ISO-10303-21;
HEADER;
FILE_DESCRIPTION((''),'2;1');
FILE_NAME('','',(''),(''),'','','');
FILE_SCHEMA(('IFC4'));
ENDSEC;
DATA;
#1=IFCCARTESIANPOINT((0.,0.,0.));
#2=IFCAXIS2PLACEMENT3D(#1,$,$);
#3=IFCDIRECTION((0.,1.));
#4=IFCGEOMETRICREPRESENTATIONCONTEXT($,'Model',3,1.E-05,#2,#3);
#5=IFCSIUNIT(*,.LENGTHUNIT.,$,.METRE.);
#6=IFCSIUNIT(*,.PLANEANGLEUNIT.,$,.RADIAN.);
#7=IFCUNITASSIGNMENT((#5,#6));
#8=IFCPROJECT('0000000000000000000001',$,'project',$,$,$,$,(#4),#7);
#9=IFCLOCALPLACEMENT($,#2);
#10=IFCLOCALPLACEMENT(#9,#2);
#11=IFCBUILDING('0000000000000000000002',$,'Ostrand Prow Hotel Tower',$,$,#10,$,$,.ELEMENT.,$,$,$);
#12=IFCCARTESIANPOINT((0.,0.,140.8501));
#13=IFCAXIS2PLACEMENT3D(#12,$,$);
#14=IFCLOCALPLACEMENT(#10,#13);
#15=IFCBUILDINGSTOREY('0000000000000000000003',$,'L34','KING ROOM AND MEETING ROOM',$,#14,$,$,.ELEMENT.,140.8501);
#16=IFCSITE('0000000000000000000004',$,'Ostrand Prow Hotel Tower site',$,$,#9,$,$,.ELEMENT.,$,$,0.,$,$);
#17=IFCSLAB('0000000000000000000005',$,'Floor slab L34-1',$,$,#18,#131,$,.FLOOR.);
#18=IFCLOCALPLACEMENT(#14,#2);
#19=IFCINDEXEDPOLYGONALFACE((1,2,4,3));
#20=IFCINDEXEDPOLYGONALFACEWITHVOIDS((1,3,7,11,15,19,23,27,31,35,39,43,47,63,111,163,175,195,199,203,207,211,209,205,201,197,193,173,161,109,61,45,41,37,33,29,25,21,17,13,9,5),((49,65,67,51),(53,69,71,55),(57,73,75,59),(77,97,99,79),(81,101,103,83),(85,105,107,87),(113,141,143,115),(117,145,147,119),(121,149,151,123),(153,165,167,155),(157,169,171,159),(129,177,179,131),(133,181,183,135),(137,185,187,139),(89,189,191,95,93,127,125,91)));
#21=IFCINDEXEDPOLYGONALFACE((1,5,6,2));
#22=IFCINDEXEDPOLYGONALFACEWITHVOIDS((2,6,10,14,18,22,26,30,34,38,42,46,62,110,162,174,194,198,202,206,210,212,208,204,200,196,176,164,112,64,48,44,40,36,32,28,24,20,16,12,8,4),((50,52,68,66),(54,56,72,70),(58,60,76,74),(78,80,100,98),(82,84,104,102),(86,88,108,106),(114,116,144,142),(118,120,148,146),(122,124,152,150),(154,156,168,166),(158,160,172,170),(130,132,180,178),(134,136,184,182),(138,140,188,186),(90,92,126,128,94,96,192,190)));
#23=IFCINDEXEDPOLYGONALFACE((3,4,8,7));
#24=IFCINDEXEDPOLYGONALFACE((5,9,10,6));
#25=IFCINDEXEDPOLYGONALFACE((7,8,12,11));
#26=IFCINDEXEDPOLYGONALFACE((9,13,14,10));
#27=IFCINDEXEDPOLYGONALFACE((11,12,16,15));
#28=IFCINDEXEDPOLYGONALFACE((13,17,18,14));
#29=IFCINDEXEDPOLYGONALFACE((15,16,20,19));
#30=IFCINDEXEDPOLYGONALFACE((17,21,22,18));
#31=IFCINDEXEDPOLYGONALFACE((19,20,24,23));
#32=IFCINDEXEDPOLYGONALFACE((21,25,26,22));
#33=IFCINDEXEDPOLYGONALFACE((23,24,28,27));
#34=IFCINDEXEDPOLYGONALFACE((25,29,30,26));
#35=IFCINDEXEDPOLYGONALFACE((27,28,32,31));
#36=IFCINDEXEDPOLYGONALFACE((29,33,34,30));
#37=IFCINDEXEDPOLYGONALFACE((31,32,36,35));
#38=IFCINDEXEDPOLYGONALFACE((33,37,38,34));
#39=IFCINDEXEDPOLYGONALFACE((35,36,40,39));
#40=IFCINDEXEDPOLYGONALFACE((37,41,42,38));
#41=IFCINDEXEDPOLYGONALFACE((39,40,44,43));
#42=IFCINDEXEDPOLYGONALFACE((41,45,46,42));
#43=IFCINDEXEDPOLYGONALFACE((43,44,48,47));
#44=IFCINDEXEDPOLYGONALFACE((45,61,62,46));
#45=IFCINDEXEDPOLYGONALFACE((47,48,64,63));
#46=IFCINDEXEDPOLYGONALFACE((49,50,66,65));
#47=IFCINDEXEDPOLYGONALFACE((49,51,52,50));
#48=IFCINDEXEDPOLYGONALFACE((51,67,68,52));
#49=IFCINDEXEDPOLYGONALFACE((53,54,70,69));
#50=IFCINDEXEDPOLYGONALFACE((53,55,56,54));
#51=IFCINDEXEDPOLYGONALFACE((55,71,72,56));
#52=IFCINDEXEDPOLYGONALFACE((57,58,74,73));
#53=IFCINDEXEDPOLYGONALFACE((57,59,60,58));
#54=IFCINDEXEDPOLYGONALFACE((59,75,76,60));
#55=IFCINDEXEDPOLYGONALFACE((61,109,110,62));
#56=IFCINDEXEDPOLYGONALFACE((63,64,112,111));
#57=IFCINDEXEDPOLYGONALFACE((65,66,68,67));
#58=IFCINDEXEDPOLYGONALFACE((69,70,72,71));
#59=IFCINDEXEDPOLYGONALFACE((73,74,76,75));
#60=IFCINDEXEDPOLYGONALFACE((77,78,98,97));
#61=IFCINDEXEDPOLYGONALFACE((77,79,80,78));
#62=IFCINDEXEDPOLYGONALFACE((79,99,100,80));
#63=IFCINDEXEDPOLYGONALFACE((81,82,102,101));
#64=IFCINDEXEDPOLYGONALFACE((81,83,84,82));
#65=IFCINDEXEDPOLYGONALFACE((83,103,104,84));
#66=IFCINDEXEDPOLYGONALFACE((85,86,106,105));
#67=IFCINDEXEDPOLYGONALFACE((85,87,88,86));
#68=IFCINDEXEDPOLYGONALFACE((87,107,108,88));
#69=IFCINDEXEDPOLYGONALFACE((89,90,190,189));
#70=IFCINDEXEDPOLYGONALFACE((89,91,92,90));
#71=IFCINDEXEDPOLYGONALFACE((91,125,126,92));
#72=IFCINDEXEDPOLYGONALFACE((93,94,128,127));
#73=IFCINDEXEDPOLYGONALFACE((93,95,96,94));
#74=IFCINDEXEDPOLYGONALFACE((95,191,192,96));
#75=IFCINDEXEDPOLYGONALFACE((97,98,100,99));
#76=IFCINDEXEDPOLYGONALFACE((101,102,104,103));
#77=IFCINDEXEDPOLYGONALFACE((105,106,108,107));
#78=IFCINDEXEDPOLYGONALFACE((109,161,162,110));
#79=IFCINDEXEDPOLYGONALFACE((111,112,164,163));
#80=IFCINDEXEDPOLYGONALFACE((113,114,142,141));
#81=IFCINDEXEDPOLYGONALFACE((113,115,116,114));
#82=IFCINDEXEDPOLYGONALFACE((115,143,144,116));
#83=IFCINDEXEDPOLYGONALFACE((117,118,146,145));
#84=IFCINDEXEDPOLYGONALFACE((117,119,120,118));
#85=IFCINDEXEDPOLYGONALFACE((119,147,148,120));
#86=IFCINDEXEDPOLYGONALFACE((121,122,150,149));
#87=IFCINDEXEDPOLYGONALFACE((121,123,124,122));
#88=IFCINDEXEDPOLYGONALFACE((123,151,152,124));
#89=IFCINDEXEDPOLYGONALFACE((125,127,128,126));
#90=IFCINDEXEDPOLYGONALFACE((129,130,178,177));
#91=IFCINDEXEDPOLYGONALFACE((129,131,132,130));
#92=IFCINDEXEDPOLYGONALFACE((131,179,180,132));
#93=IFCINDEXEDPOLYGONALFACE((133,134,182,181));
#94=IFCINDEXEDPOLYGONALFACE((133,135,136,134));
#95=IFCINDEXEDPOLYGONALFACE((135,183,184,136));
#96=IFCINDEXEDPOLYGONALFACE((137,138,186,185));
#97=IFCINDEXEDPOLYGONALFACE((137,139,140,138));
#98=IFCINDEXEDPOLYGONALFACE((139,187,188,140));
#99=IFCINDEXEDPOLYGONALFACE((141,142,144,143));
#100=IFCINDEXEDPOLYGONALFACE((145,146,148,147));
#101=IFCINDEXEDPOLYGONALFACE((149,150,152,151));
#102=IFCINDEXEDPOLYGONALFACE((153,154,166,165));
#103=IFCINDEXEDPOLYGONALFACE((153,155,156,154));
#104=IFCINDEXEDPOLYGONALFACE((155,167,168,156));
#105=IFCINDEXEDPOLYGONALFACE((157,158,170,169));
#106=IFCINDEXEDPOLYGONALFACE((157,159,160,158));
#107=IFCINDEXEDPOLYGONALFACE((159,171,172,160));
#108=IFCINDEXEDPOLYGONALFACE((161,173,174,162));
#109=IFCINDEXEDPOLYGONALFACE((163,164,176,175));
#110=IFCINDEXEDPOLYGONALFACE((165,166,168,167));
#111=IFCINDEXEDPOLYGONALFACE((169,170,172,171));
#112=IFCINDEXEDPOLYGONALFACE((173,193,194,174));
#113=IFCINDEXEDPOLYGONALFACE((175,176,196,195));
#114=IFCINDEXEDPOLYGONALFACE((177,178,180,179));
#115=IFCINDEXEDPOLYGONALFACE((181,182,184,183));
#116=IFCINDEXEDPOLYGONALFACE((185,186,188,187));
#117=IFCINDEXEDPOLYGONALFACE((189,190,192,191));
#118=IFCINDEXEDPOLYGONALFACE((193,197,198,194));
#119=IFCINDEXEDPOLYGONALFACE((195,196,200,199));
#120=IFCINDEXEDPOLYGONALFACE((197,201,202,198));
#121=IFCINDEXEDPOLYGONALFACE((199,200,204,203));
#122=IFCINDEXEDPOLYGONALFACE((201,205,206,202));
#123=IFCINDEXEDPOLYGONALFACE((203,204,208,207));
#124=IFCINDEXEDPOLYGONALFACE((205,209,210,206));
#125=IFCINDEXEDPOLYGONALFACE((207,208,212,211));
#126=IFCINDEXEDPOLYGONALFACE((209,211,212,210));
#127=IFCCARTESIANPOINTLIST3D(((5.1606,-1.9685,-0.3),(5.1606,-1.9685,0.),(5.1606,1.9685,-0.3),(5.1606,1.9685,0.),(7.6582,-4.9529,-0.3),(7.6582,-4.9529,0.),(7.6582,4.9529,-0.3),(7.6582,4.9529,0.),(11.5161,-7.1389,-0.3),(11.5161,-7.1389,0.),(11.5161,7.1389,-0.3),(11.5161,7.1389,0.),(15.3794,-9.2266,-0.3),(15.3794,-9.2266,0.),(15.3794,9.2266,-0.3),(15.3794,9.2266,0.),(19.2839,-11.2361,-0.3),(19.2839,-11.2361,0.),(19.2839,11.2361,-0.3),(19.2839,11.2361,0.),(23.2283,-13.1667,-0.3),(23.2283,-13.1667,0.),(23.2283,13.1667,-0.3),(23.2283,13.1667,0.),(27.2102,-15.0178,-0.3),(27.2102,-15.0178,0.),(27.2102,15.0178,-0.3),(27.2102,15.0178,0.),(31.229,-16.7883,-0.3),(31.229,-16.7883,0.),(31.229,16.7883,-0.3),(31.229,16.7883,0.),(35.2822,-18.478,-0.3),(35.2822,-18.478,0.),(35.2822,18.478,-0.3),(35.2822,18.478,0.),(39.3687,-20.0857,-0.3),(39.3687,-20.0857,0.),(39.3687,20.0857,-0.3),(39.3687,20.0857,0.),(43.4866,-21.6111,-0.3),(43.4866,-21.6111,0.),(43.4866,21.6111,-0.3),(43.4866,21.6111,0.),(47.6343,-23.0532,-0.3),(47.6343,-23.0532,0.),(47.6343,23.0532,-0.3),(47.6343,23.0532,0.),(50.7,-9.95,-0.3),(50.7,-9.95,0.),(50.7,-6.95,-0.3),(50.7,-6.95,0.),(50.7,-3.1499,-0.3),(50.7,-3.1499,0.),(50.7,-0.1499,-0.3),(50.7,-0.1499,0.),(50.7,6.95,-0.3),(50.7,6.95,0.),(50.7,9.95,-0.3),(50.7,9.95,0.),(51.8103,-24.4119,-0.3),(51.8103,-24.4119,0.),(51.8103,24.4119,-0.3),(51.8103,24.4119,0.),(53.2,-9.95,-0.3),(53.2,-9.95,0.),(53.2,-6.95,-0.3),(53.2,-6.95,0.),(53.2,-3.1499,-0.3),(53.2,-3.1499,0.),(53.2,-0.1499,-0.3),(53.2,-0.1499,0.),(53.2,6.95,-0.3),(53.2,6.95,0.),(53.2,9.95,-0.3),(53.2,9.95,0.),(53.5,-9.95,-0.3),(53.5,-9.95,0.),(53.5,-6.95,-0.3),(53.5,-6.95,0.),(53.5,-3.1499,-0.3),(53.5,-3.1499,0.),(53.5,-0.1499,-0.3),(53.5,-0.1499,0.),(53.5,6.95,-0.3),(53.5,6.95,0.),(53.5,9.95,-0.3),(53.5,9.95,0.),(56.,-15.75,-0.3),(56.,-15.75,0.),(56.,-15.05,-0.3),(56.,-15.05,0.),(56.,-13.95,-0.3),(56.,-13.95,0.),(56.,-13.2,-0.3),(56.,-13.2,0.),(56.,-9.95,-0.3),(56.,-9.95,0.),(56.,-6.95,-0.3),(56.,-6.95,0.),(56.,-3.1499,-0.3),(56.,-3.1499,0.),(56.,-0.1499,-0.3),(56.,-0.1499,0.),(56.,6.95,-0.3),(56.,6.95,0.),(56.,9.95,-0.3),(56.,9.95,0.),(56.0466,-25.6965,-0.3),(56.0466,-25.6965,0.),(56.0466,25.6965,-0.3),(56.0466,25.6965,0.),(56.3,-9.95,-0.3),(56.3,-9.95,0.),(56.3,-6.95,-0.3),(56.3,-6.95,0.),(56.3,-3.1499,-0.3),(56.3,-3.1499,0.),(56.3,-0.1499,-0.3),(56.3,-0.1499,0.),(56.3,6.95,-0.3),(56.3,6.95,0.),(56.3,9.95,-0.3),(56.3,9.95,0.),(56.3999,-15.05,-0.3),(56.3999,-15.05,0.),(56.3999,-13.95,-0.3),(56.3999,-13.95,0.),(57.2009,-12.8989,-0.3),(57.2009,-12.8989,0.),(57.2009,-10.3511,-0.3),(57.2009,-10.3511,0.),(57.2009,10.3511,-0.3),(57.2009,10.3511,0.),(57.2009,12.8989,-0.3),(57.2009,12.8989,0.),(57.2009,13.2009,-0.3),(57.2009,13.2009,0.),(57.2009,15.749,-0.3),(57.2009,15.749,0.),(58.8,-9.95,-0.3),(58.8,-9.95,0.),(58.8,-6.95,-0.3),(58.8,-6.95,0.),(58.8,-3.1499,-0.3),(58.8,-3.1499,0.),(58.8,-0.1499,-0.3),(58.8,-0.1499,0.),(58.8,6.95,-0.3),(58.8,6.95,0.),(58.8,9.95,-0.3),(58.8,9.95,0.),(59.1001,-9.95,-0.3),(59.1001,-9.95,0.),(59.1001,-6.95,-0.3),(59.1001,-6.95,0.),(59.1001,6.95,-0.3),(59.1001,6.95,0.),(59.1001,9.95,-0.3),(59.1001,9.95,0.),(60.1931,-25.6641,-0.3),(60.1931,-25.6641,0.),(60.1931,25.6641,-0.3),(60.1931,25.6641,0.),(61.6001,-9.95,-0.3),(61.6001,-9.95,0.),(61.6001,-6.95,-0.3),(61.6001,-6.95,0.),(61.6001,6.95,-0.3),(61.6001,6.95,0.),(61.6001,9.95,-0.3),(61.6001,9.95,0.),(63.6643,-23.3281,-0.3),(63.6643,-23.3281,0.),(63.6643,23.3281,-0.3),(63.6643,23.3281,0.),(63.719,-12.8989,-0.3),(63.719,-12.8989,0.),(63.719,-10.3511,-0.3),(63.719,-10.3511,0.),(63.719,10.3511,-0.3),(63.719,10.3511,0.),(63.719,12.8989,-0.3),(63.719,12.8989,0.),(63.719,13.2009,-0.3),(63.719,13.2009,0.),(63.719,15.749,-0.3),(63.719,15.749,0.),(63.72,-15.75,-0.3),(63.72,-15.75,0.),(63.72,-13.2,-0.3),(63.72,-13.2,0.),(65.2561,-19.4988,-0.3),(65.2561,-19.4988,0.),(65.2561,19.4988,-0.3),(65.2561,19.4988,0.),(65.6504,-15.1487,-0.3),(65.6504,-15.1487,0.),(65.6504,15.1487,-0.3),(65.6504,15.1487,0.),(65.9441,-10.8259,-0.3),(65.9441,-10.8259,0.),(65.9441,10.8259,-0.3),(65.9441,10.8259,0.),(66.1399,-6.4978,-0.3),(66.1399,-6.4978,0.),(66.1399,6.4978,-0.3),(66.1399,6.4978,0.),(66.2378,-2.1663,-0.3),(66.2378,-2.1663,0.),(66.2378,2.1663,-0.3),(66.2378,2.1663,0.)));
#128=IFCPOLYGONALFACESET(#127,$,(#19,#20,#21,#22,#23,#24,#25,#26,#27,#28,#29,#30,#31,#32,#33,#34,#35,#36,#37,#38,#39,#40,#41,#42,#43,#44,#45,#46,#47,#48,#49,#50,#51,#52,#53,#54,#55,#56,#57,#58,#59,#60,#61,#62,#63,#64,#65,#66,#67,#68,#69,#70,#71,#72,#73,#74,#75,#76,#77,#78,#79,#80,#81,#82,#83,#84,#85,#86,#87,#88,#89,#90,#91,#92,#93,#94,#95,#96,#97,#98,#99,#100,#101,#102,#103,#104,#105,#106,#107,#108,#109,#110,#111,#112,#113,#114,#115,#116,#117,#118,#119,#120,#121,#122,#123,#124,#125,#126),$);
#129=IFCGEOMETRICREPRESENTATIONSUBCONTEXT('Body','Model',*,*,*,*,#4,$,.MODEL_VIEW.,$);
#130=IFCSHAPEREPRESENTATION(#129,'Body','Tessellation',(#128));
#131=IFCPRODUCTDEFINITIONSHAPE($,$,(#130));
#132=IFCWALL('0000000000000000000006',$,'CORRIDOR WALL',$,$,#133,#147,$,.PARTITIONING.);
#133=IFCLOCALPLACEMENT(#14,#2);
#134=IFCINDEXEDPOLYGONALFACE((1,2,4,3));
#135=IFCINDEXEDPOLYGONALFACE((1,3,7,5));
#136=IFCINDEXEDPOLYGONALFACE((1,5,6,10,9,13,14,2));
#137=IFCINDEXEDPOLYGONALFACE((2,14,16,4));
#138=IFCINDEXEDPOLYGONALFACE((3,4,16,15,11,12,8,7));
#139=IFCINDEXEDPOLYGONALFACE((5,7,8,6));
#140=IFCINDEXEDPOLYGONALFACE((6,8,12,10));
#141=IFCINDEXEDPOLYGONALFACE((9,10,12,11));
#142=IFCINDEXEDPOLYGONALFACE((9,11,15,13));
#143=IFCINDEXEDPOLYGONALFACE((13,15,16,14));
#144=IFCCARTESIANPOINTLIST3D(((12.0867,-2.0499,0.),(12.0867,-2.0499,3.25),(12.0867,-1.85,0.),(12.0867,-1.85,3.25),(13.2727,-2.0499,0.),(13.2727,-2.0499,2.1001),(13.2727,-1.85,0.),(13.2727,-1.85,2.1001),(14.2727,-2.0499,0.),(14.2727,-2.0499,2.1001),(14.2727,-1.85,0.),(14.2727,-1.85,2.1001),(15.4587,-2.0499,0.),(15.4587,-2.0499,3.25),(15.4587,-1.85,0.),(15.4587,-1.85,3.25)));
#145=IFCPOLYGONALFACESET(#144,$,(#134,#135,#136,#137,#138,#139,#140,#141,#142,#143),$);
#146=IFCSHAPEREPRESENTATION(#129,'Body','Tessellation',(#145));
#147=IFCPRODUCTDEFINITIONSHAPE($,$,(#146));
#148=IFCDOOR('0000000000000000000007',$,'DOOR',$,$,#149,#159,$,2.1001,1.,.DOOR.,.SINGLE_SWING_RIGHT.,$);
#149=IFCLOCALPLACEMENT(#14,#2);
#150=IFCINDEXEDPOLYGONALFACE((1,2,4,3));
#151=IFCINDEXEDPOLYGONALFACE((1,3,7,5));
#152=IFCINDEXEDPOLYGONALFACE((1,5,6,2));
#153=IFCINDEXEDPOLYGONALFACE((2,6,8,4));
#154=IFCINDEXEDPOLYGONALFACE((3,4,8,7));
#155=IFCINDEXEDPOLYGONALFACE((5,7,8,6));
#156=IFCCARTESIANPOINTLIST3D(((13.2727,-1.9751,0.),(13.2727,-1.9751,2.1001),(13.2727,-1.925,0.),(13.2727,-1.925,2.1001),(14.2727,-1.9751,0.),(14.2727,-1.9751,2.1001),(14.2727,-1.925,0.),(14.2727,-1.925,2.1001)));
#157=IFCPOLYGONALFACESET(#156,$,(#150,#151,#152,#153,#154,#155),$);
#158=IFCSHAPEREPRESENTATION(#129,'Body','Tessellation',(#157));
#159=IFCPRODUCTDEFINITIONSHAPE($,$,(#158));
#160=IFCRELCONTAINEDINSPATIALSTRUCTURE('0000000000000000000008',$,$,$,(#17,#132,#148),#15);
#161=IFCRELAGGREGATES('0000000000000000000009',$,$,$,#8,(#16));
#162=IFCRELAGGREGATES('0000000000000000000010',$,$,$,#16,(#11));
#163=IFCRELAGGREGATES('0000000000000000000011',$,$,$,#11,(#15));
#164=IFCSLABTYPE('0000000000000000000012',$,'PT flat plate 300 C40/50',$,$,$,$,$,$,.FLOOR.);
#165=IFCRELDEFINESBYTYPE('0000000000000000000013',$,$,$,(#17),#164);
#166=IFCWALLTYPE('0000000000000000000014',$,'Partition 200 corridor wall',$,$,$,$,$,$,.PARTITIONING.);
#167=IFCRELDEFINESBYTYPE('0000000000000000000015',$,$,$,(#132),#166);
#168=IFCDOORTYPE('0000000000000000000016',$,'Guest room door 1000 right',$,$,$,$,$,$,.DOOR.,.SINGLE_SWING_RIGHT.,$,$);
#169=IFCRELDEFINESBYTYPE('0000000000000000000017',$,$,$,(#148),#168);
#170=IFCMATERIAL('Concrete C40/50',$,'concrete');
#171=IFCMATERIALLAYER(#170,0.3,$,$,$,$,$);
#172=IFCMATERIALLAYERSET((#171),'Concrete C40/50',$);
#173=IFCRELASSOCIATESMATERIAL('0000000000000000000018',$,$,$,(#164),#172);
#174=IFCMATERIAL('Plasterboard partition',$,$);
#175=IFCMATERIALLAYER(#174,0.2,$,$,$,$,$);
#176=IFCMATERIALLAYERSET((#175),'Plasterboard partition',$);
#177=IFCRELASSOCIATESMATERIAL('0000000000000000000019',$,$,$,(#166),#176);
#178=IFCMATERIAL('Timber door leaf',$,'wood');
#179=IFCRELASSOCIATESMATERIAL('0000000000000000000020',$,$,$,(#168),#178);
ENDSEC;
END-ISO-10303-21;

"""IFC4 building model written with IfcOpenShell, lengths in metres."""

from ifc_helpers import new_model, si_unit, direction, frame, frame_2d, origin, place, context, subcontext, project, spatial, polyline, rectangle, outline, extrude, material, layer, layer_set, type_object, element, fill, save


model = new_model("IFC4")

# Units and contexts
model_context = context("Model", 3, precision=1e-05, world=origin(), true_north=direction((0.0, 1.0)))
body_context = subcontext(model_context, "Body", "Model", "MODEL_VIEW")
ifc_project = project(units=[si_unit("LENGTHUNIT", "METRE"), si_unit("PLANEANGLEUNIT", "RADIAN")], contexts=[model_context])

# Site, building, storey
site_placement = place(None, origin())
site = spatial("IfcSite", under=ifc_project, at=site_placement, Name="Ostrand Prow Hotel Tower site", CompositionType="ELEMENT", RefElevation=0.0)
building_placement = place(site_placement, origin())
building = spatial("IfcBuilding", under=site, at=building_placement, Name="Ostrand Prow Hotel Tower", CompositionType="ELEMENT")
storey_placement = place(building_placement, frame((0.0, 0.0, 140.8501)))
storey = spatial("IfcBuildingStorey", under=building, at=storey_placement, Name="L34", Description="KING ROOM AND MEETING ROOM", CompositionType="ELEMENT", Elevation=140.8501)

# Slab, opening
ifc_material_1 = material(Name="Concrete C40/50", Category="concrete")
ifc_layer_1 = layer(ifc_material_1, 0.3)
ifc_layer_set_1 = layer_set([ifc_layer_1], Name="Concrete C40/50")
slab_type = type_object("IfcSlabType", Name="PT flat plate 300 C40/50", PredefinedType="FLOOR", material=ifc_layer_set_1)
slab_placement = place(storey_placement, frame((0.0, 0.0, -0.3)))
slab = element("IfcSlab", 1, at=slab_placement, inside=storey, type_object=slab_type, Name="Floor slab L34-1", PredefinedType="FLOOR", context=body_context, shape_type="SweptSolid", body=[
    extrude(outline(polyline([(7.6582, 4.9529), (11.5161, 7.1389), (15.3794, 9.2266), (19.2839, 11.2361), (23.2283, 13.1667), (27.2102, 15.0178), (31.229, 16.7883), (35.2822, 18.478), (39.3687, 20.0857), (43.4866, 21.6111), (47.6343, 23.0532), (51.8103, 24.4119), (56.0466, 25.6965), (60.1931, 25.6641), (63.6643, 23.3281), (65.2561, 19.4988), (65.6504, 15.1487), (65.9441, 10.8259), (66.1399, 6.4978), (66.2378, 2.1663), (66.2378, -2.1663), (66.1399, -6.4978), (65.9441, -10.8259), (65.6504, -15.1487), (65.2561, -19.4988), (63.6643, -23.3281), (60.1931, -25.6641), (56.0466, -25.6965), (51.8103, -24.4119), (47.6343, -23.0532), (43.4866, -21.6111), (39.3687, -20.0857), (35.2822, -18.478), (31.229, -16.7883), (27.2102, -15.0178), (23.2283, -13.1667), (19.2839, -11.2361), (15.3794, -9.2266), (11.5161, -7.1389), (7.6582, -4.9529), (5.1606, -1.9685), (5.1606, 1.9685), (7.6582, 4.9529)]), holes=[polyline([(50.7, 6.95), (53.2, 6.95), (53.2, 9.95), (50.7, 9.95), (50.7, 6.95)]), polyline([(53.5, 6.95), (56.0, 6.95), (56.0, 9.95), (53.5, 9.95), (53.5, 6.95)]), polyline([(56.3, 6.95), (58.8, 6.95), (58.8, 9.95), (56.3, 9.95), (56.3, 6.95)]), polyline([(59.1001, 6.95), (61.6001, 6.95), (61.6001, 9.95), (59.1001, 9.95), (59.1001, 6.95)]), polyline([(50.7, -3.1499), (53.2, -3.1499), (53.2, -0.1499), (50.7, -0.1499), (50.7, -3.1499)]), polyline([(53.5, -3.1499), (56.0, -3.1499), (56.0, -0.1499), (53.5, -0.1499), (53.5, -3.1499)]), polyline([(56.3, -3.1499), (58.8, -3.1499), (58.8, -0.1499), (56.3, -0.1499), (56.3, -3.1499)]), polyline([(50.7, -9.95), (53.2, -9.95), (53.2, -6.95), (50.7, -6.95), (50.7, -9.95)]), polyline([(53.5, -9.95), (56.0, -9.95), (56.0, -6.95), (53.5, -6.95), (53.5, -9.95)]), polyline([(56.3, -9.95), (58.8, -9.95), (58.8, -6.95), (56.3, -6.95), (56.3, -9.95)]), polyline([(59.1001, -9.95), (61.6001, -9.95), (61.6001, -6.95), (59.1001, -6.95), (59.1001, -9.95)]), polyline([(57.2009, 10.3511), (57.2009, 12.8989), (63.719, 12.8989), (63.719, 10.3511), (57.2009, 10.3511)]), polyline([(57.2009, 13.2009), (57.2009, 15.749), (63.719, 15.749), (63.719, 13.2009), (57.2009, 13.2009)]), polyline([(57.2009, -12.8989), (57.2009, -10.3511), (63.719, -10.3511), (63.719, -12.8989), (57.2009, -12.8989)]), polyline([(56.0, -13.2), (63.72, -13.2), (63.72, -15.75), (56.0, -15.75), (56.0, -15.05), (56.3999, -15.05), (56.3999, -13.95), (56.0, -13.95), (56.0, -13.2)])]), origin(), (0.0, 0.0, 1.0), 0.3),
])
opening_1_placement = place(slab_placement, origin())
element("IfcOpeningElement", 2, at=opening_1_placement, cuts=slab, PredefinedType="OPENING", context=body_context, shape_type="SweptSolid", body=[
    extrude(outline(polyline([(56.0, -13.2), (63.72, -13.2), (63.72, -15.75), (56.0, -15.75), (56.0, -15.05), (56.3999, -15.05), (56.3999, -13.95), (56.0, -13.95), (56.0, -13.2)])), origin(), (0.0, 0.0, 1.0), 0.3),
])

# Wall, opening, door
ifc_material_2 = material(Name="Plasterboard partition")
ifc_layer_2 = layer(ifc_material_2, 0.2)
ifc_layer_set_2 = layer_set([ifc_layer_2], Name="Plasterboard partition")
wall_type_1 = type_object("IfcWallType", Name="Partition 200 corridor wall", PredefinedType="PARTITIONING", material=ifc_layer_set_2)
wall_1_placement = place(storey_placement, frame((12.0867, -1.95, 0.0), z_axis=(0.0, 0.0, 1.0), x_axis=(1.0, 0.0, 0.0)))
wall_1 = element("IfcWall", 3, at=wall_1_placement, inside=storey, type_object=wall_type_1, Name="CORRIDOR WALL", PredefinedType="PARTITIONING", context=body_context, shape_type="SweptSolid", body=[
    extrude(rectangle(XDim=3.3721, YDim=0.2, at=frame_2d((1.686, 0.0))), origin(), (0.0, 0.0, 1.0), 3.25),
])
opening_2_placement = place(wall_1_placement, frame((1.186, 0.0, 0.0)))
opening_2 = element("IfcOpeningElement", 4, at=opening_2_placement, cuts=wall_1, PredefinedType="OPENING", context=body_context, shape_type="SweptSolid", body=[
    extrude(rectangle(XDim=1.0, YDim=2.1001, at=frame_2d((0.5, 1.05))), frame((0.0, 0.1099, 0.0), z_axis=(0.0, -1.0, 0.0), x_axis=(1.0, 0.0, 0.0)), (0.0, 0.0, 1.0), 0.22),
])
ifc_material_3 = material(Name="Timber door leaf", Category="wood")
door_type_1 = type_object("IfcDoorType", Name="Guest room door 1000 right", OperationType="SINGLE_SWING_RIGHT", PredefinedType="DOOR", material=ifc_material_3)
door_1_placement = place(opening_2_placement, origin())
door_1 = element("IfcDoor", 5, at=door_1_placement, inside=storey, type_object=door_type_1, Name="DOOR", OperationType="SINGLE_SWING_RIGHT", OverallHeight=2.1001, OverallWidth=1.0, PredefinedType="DOOR", context=body_context, shape_type="SweptSolid", body=[
    extrude(rectangle(XDim=1.0, YDim=2.1001, at=frame_2d((0.5, 1.05))), frame((0.0, 0.0249, 0.0), z_axis=(0.0, -1.0, 0.0), x_axis=(1.0, 0.0, 0.0)), (0.0, 0.0, 1.0), 0.05),
])
fill(opening_2, door_1)

save(model, "model.ifc")
